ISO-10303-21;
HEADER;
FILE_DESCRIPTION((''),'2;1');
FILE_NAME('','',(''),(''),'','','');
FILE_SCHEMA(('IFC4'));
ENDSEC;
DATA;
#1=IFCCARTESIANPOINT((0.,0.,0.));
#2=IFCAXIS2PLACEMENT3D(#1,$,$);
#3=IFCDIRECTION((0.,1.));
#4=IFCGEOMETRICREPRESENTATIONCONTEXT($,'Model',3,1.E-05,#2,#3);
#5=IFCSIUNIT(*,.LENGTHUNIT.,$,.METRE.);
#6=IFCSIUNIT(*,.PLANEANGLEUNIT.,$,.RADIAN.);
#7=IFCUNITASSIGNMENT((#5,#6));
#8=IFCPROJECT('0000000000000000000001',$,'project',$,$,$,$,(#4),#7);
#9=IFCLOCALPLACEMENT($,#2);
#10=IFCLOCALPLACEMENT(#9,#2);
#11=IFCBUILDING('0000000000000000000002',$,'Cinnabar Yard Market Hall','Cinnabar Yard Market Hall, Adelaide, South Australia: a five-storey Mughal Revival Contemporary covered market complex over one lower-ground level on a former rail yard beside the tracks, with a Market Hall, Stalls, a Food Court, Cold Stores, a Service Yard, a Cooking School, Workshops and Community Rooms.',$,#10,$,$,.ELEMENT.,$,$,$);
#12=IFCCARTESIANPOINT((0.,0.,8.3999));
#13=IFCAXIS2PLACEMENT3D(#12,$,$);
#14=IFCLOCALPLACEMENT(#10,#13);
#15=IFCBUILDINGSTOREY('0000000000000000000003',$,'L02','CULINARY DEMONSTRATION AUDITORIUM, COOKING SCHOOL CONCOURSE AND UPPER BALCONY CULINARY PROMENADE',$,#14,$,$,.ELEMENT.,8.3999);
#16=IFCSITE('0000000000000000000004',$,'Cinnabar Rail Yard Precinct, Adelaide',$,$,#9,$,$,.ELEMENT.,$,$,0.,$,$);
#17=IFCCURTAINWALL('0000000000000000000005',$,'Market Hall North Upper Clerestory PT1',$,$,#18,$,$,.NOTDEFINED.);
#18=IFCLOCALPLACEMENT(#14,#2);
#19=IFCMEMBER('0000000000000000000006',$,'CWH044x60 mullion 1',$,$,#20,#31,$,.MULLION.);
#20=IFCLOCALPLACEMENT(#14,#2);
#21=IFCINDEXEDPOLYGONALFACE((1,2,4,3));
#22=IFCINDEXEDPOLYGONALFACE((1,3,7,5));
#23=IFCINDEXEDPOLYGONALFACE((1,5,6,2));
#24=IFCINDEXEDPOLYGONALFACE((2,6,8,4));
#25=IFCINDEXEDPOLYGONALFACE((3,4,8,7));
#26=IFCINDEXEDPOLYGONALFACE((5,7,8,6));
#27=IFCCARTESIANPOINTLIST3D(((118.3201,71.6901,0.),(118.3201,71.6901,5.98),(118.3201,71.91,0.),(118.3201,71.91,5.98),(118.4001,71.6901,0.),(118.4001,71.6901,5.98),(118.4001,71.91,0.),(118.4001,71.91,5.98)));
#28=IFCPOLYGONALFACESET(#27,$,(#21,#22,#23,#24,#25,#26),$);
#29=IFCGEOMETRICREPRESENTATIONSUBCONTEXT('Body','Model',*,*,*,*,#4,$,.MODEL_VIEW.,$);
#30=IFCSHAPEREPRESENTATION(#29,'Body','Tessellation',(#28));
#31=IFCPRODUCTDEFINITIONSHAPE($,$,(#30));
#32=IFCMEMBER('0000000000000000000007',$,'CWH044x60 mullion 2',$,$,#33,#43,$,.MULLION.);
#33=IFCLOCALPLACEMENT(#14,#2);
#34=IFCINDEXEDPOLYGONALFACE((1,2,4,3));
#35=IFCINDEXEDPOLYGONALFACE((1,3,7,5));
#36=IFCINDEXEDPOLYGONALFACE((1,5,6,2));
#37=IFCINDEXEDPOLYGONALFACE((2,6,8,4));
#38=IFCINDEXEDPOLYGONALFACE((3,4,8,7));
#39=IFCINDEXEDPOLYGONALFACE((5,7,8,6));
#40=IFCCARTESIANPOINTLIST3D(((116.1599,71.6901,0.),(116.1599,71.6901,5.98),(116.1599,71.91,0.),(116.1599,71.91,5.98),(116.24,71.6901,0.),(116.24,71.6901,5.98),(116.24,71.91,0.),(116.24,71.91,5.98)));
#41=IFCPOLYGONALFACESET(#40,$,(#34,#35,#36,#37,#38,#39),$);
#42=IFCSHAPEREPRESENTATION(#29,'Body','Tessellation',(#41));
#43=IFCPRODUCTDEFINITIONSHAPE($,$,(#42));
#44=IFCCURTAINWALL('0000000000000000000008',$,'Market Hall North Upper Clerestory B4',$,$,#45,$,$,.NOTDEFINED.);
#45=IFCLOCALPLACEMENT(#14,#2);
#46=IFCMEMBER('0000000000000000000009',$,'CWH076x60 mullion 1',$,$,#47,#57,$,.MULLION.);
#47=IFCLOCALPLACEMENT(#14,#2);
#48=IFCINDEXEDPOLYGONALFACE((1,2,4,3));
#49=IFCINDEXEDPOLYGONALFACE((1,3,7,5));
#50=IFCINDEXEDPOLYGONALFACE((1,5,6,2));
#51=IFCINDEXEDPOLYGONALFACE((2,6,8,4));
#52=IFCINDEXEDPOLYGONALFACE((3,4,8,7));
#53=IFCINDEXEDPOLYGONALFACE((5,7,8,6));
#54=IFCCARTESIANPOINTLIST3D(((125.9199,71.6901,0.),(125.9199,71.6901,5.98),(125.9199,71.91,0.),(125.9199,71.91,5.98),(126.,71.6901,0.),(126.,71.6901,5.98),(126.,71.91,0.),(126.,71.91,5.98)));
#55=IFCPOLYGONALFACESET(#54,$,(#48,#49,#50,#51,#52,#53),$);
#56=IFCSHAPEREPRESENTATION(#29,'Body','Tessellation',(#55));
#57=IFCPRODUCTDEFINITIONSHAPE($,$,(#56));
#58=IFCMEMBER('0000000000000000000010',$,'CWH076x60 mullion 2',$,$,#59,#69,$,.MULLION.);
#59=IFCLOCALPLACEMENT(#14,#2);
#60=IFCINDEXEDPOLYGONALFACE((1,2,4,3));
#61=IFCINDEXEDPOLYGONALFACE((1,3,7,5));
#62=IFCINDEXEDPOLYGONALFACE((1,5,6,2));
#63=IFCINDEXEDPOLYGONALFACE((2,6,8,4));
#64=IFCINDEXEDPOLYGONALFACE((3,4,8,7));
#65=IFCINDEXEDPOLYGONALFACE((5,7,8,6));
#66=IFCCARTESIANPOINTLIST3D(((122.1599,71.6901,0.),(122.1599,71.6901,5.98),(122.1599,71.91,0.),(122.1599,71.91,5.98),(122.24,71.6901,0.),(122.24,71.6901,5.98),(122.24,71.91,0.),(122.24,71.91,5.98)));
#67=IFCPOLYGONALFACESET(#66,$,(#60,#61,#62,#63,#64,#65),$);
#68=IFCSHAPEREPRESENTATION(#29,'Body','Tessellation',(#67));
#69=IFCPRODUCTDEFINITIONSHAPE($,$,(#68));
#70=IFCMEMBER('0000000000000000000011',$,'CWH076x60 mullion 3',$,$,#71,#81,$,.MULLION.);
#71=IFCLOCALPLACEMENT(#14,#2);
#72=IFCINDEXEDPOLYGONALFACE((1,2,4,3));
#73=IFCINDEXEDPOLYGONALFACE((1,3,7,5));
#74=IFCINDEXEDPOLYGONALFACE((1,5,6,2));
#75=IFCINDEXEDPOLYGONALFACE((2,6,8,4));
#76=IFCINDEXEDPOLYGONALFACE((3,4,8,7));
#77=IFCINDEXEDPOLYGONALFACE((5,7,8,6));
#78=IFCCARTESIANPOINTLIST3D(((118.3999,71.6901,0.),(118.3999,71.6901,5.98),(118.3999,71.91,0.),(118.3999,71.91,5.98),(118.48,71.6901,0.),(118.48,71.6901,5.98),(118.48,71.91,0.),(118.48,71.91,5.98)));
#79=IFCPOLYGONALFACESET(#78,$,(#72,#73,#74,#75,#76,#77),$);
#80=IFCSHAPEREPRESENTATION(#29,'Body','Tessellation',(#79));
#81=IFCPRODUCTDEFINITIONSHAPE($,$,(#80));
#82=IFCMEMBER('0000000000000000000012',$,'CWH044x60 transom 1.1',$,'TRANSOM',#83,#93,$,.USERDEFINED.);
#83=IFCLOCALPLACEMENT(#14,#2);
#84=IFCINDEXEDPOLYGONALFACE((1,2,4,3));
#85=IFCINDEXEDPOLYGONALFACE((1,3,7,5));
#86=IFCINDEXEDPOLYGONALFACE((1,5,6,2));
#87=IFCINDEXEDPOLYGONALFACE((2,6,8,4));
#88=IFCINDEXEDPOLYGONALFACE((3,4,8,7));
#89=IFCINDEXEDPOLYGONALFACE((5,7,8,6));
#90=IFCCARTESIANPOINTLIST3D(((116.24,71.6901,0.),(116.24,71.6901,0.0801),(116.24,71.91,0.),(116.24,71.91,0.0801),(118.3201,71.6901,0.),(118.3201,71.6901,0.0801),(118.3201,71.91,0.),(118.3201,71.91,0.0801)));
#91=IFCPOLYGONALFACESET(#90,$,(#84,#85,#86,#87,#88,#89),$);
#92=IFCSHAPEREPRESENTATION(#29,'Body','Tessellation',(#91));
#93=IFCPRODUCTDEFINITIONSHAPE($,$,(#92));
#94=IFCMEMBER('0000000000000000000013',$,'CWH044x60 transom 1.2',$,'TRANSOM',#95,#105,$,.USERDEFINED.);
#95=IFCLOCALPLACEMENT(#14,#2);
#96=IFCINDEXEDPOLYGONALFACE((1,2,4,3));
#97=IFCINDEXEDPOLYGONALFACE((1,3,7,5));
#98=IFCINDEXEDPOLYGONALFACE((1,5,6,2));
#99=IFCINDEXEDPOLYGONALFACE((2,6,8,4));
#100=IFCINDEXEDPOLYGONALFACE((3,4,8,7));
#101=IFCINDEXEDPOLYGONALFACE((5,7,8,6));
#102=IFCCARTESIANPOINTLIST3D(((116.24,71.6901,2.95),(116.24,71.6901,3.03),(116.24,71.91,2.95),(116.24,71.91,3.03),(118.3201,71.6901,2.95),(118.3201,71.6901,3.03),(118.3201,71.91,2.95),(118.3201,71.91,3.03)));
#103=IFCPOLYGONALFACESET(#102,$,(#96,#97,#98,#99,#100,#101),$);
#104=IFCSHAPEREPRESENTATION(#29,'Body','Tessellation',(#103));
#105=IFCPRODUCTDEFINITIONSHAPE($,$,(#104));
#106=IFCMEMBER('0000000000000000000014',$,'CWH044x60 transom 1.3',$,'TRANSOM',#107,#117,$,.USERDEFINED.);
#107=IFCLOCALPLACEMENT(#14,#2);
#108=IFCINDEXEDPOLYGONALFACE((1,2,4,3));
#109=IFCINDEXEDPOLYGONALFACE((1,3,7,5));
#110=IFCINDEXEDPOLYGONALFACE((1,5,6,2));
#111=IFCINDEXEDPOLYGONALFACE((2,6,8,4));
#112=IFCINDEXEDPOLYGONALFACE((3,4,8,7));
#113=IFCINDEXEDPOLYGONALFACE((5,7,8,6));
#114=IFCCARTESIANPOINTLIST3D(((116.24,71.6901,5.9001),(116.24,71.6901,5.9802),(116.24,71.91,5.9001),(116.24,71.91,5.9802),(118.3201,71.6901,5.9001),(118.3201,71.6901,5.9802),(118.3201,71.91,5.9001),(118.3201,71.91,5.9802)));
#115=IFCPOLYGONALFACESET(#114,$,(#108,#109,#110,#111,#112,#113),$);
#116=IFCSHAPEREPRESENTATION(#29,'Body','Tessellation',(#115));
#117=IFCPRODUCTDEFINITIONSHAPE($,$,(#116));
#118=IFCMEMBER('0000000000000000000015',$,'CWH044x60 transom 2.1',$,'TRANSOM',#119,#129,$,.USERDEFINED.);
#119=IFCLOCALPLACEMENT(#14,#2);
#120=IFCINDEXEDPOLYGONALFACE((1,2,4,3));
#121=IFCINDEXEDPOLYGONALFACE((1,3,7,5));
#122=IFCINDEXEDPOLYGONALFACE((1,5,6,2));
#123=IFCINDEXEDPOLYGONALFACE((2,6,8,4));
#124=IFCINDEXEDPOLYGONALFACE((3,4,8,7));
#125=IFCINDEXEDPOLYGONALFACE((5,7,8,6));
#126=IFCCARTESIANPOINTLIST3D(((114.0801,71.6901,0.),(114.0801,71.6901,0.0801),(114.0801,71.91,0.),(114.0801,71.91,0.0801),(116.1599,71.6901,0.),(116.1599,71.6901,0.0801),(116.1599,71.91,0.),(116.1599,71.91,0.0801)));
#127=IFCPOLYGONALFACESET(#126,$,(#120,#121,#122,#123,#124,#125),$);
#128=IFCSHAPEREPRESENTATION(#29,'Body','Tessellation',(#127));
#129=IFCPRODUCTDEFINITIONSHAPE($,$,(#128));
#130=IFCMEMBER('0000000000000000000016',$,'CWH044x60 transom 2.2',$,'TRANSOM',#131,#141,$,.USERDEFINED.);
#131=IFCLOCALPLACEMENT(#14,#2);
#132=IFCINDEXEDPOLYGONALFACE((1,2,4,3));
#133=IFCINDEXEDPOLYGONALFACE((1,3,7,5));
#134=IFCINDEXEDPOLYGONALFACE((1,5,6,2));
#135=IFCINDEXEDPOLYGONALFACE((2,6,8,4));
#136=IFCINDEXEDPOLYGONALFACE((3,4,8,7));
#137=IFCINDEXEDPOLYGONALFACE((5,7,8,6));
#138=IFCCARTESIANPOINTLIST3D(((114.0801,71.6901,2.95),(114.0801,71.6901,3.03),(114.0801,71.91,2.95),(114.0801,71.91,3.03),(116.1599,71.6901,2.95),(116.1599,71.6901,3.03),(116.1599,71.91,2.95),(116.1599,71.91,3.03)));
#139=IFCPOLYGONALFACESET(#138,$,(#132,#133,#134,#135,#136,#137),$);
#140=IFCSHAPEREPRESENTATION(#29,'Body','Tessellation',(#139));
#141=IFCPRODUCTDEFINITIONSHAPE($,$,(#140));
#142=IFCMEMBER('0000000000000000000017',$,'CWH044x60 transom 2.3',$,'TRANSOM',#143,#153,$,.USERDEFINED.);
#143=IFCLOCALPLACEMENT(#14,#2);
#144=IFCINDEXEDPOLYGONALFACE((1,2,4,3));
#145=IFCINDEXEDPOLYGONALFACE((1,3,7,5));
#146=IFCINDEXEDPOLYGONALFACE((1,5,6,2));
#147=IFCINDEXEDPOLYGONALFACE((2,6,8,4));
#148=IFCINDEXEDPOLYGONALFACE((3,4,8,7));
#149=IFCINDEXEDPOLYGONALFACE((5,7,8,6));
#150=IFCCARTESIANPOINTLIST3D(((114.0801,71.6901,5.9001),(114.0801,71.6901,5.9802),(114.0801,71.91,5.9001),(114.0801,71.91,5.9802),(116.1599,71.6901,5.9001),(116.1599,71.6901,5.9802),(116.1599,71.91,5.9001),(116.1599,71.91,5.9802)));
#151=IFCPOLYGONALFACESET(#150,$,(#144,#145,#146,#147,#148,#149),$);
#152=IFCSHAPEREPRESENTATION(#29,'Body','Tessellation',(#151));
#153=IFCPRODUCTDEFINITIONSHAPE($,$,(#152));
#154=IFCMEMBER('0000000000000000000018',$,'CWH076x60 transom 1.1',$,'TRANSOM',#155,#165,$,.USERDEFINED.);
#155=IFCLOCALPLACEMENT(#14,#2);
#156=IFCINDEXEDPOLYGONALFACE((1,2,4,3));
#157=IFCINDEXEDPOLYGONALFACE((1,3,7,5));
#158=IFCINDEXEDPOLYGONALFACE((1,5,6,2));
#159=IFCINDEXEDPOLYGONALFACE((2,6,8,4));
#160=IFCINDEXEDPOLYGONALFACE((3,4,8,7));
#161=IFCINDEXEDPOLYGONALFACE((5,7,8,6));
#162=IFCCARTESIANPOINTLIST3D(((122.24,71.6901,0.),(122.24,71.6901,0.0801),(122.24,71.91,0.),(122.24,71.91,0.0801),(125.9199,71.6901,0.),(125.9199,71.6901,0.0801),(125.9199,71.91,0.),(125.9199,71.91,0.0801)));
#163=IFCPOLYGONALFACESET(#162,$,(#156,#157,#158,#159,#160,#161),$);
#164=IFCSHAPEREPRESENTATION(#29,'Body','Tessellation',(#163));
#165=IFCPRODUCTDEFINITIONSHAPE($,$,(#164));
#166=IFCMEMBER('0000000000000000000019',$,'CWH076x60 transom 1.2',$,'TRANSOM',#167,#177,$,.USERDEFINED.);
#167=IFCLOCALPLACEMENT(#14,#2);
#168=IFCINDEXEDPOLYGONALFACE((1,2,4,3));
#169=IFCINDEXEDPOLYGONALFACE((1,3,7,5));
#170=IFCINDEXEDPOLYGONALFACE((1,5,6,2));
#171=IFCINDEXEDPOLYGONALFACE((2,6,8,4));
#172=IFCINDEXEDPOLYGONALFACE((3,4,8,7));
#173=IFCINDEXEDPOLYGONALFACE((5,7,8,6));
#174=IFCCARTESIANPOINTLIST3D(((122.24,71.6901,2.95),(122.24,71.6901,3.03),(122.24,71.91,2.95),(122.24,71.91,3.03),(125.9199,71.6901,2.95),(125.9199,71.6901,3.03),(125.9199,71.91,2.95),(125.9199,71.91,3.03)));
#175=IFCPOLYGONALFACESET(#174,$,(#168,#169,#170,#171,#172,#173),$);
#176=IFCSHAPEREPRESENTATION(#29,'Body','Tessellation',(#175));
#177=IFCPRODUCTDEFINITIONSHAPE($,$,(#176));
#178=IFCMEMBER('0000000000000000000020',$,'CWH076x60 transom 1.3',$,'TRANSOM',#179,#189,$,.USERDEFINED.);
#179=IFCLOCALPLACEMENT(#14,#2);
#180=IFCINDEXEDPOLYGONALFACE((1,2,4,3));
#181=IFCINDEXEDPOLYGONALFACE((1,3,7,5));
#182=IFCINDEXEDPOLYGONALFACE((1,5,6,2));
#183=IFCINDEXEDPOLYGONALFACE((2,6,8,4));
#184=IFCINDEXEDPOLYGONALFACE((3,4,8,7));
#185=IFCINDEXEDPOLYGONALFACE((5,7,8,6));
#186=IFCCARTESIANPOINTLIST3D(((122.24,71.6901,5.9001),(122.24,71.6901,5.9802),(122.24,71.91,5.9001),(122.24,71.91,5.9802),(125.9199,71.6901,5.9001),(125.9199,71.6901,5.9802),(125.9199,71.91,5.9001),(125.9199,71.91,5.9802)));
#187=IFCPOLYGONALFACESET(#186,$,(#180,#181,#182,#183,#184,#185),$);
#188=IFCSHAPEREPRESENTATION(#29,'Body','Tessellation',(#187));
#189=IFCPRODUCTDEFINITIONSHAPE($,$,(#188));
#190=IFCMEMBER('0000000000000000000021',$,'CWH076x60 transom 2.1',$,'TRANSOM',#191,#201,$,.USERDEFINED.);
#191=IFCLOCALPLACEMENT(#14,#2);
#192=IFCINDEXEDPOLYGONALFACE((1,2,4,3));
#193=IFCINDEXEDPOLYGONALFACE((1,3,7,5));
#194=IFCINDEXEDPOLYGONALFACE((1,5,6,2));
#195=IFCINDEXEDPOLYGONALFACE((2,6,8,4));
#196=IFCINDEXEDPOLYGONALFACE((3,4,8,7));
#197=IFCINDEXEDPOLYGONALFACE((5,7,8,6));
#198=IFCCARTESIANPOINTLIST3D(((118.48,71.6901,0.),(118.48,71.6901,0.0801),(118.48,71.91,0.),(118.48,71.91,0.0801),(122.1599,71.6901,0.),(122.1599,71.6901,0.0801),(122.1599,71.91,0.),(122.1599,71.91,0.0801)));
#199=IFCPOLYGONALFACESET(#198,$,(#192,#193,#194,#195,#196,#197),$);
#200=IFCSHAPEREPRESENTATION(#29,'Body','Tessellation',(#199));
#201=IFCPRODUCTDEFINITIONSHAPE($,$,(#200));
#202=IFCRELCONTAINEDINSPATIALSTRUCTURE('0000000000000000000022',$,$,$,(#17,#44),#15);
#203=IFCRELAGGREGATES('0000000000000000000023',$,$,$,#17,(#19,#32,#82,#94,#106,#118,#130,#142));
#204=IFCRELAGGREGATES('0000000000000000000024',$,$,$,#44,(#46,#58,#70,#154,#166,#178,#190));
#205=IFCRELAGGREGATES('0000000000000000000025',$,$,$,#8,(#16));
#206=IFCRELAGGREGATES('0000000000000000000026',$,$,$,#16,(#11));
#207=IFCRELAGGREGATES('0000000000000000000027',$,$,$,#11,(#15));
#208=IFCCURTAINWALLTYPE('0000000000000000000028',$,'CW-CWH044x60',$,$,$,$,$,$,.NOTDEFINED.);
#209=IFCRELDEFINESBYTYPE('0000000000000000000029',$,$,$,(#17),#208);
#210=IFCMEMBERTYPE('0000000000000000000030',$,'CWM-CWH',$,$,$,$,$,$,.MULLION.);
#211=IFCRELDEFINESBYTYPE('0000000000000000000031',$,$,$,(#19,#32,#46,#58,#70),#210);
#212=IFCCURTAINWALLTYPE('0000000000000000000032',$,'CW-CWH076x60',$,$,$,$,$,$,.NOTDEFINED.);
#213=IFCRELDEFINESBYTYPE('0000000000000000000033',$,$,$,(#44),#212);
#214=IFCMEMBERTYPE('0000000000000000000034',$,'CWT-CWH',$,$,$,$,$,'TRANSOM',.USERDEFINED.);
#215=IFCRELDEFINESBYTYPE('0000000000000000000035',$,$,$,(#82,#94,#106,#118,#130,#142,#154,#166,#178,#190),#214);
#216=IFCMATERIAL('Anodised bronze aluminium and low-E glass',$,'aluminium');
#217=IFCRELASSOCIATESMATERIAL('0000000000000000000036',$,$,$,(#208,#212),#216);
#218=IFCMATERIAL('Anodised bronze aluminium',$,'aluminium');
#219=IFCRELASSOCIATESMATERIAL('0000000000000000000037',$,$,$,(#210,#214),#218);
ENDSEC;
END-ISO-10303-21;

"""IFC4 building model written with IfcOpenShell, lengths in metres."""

from ifc_helpers import new_model, si_unit, direction, frame, origin, origin_2d_with_axis, place, context, subcontext, project, spatial, rectangle, extrude, material, material_profile, profile_set, type_object, element, aggregate, save


model = new_model("IFC4")

# Units and contexts
model_context = context("Model", 3, precision=1e-05, world=origin(), true_north=direction((0.0, 1.0)))
body_context = subcontext(model_context, "Body", "Model", "MODEL_VIEW")
ifc_project = project(units=[si_unit("LENGTHUNIT", "METRE"), si_unit("PLANEANGLEUNIT", "RADIAN")], contexts=[model_context])

# Site, building, storey
site_placement = place(None, origin())
site = spatial("IfcSite", under=ifc_project, at=site_placement, Name="Cinnabar Rail Yard Precinct, Adelaide", CompositionType="ELEMENT", RefElevation=0.0)
building_placement = place(site_placement, origin())
building = spatial("IfcBuilding", under=site, at=building_placement, Name="Cinnabar Yard Market Hall", Description="Cinnabar Yard Market Hall, Adelaide, South Australia: a five-storey Mughal Revival Contemporary covered market complex over one lower-ground level on a former rail yard beside the tracks, with a Market Hall, Stalls, a Food Court, Cold Stores, a Service Yard, a Cooking School, Workshops and Community Rooms.", CompositionType="ELEMENT")
storey_placement = place(building_placement, frame((0.0, 0.0, 8.3999)))
storey = spatial("IfcBuildingStorey", under=building, at=storey_placement, Name="L02", Description="CULINARY DEMONSTRATION AUDITORIUM, COOKING SCHOOL CONCOURSE AND UPPER BALCONY CULINARY PROMENADE", CompositionType="ELEMENT", Elevation=8.3999)

# Curtain walls, members
ifc_material_1 = material(Name="Anodised bronze aluminium and low-E glass", Category="aluminium")
curtain_wall_type_1 = type_object("IfcCurtainWallType", Name="CW-CWH044x60", PredefinedType="NOTDEFINED", material=ifc_material_1)
curtain_wall_1_placement = place(storey_placement, origin())
curtain_wall_1 = element("IfcCurtainWall", 1, at=curtain_wall_1_placement, inside=storey, type_object=curtain_wall_type_1, Name="Market Hall North Upper Clerestory PT1", PredefinedType="NOTDEFINED")
ifc_material_2 = material(Name="Anodised bronze aluminium", Category="aluminium")
ifc_material_profile_1 = material_profile(ifc_material_2, rectangle(XDim=0.22, YDim=0.0801, at=origin_2d_with_axis()), Name="MUL-CWH")
ifc_profile_set_1 = profile_set([ifc_material_profile_1], Name="Anodised bronze aluminium")
member_type_1 = type_object("IfcMemberType", Name="CWM-CWH", PredefinedType="MULLION", material=ifc_profile_set_1)
member_1_placement = place(storey_placement, frame((118.3601, 71.8, 0.0), z_axis=(0.0, 0.0, 1.0), x_axis=(0.0, -1.0, 0.0)))
member_1 = element("IfcMember", 2, at=member_1_placement, type_object=member_type_1, Name="CWH044x60 mullion 1", PredefinedType="MULLION", context=body_context, shape_type="SweptSolid", body=[
    extrude(rectangle(XDim=0.22, YDim=0.0801, at=origin_2d_with_axis()), origin(), (0.0, 0.0, 1.0), 5.98),
])
member_2_placement = place(storey_placement, frame((116.2, 71.8, 0.0), z_axis=(0.0, 0.0, 1.0), x_axis=(0.0, -1.0, 0.0)))
member_2 = element("IfcMember", 3, at=member_2_placement, type_object=member_type_1, Name="CWH044x60 mullion 2", PredefinedType="MULLION", context=body_context, shape_type="SweptSolid", body=[
    extrude(rectangle(XDim=0.22, YDim=0.0801, at=origin_2d_with_axis()), origin(), (0.0, 0.0, 1.0), 5.98),
])
curtain_wall_type_2 = type_object("IfcCurtainWallType", Name="CW-CWH076x60", PredefinedType="NOTDEFINED", material=ifc_material_1)
curtain_wall_2_placement = place(storey_placement, origin())
curtain_wall_2 = element("IfcCurtainWall", 4, at=curtain_wall_2_placement, inside=storey, type_object=curtain_wall_type_2, Name="Market Hall North Upper Clerestory B4", PredefinedType="NOTDEFINED")
member_3_placement = place(storey_placement, frame((125.96, 71.8, 0.0), z_axis=(0.0, 0.0, 1.0), x_axis=(0.0, -1.0, 0.0)))
member_3 = element("IfcMember", 5, at=member_3_placement, type_object=member_type_1, Name="CWH076x60 mullion 1", PredefinedType="MULLION", context=body_context, shape_type="SweptSolid", body=[
    extrude(rectangle(XDim=0.22, YDim=0.0801, at=origin_2d_with_axis()), origin(), (0.0, 0.0, 1.0), 5.98),
])
member_4_placement = place(storey_placement, frame((122.2, 71.8, 0.0), z_axis=(0.0, 0.0, 1.0), x_axis=(0.0, -1.0, 0.0)))
member_4 = element("IfcMember", 6, at=member_4_placement, type_object=member_type_1, Name="CWH076x60 mullion 2", PredefinedType="MULLION", context=body_context, shape_type="SweptSolid", body=[
    extrude(rectangle(XDim=0.22, YDim=0.0801, at=origin_2d_with_axis()), origin(), (0.0, 0.0, 1.0), 5.98),
])
member_5_placement = place(storey_placement, frame((118.4399, 71.8, 0.0), z_axis=(0.0, 0.0, 1.0), x_axis=(0.0, -1.0, 0.0)))
member_5 = element("IfcMember", 7, at=member_5_placement, type_object=member_type_1, Name="CWH076x60 mullion 3", PredefinedType="MULLION", context=body_context, shape_type="SweptSolid", body=[
    extrude(rectangle(XDim=0.22, YDim=0.0801, at=origin_2d_with_axis()), origin(), (0.0, 0.0, 1.0), 5.98),
])

# Members
ifc_material_profile_2 = material_profile(ifc_material_2, rectangle(XDim=0.22, YDim=0.0801, at=origin_2d_with_axis()), Name="TRN-CWH")
ifc_profile_set_2 = profile_set([ifc_material_profile_2], Name="Anodised bronze aluminium")
member_type_2 = type_object("IfcMemberType", Name="CWT-CWH", ElementType="TRANSOM", PredefinedType="USERDEFINED", material=ifc_profile_set_2)
member_6_placement = place(storey_placement, frame((118.3201, 71.8, 0.04), z_axis=(-1.0, 0.0, 0.0), x_axis=(0.0, -1.0, 0.0)))
member_6 = element("IfcMember", 8, at=member_6_placement, type_object=member_type_2, Name="CWH044x60 transom 1.1", ObjectType="TRANSOM", PredefinedType="USERDEFINED", context=body_context, shape_type="SweptSolid", body=[
    extrude(rectangle(XDim=0.22, YDim=0.0801, at=origin_2d_with_axis()), origin(), (0.0, 0.0, 1.0), 2.0801),
])
member_7_placement = place(storey_placement, frame((118.3201, 71.8, 2.99), z_axis=(-1.0, 0.0, 0.0), x_axis=(0.0, -1.0, 0.0)))
member_7 = element("IfcMember", 9, at=member_7_placement, type_object=member_type_2, Name="CWH044x60 transom 1.2", ObjectType="TRANSOM", PredefinedType="USERDEFINED", context=body_context, shape_type="SweptSolid", body=[
    extrude(rectangle(XDim=0.22, YDim=0.0801, at=origin_2d_with_axis()), origin(), (0.0, 0.0, 1.0), 2.0801),
])
member_8_placement = place(storey_placement, frame((118.3201, 71.8, 5.9402), z_axis=(-1.0, 0.0, 0.0), x_axis=(0.0, -1.0, 0.0)))
member_8 = element("IfcMember", 10, at=member_8_placement, type_object=member_type_2, Name="CWH044x60 transom 1.3", ObjectType="TRANSOM", PredefinedType="USERDEFINED", context=body_context, shape_type="SweptSolid", body=[
    extrude(rectangle(XDim=0.22, YDim=0.0801, at=origin_2d_with_axis()), origin(), (0.0, 0.0, 1.0), 2.0801),
])
member_9_placement = place(storey_placement, frame((116.1599, 71.8, 0.04), z_axis=(-1.0, 0.0, 0.0), x_axis=(0.0, -1.0, 0.0)))
member_9 = element("IfcMember", 11, at=member_9_placement, type_object=member_type_2, Name="CWH044x60 transom 2.1", ObjectType="TRANSOM", PredefinedType="USERDEFINED", context=body_context, shape_type="SweptSolid", body=[
    extrude(rectangle(XDim=0.22, YDim=0.0801, at=origin_2d_with_axis()), origin(), (0.0, 0.0, 1.0), 2.0798),
])
member_10_placement = place(storey_placement, frame((116.1599, 71.8, 2.99), z_axis=(-1.0, 0.0, 0.0), x_axis=(0.0, -1.0, 0.0)))
member_10 = element("IfcMember", 12, at=member_10_placement, type_object=member_type_2, Name="CWH044x60 transom 2.2", ObjectType="TRANSOM", PredefinedType="USERDEFINED", context=body_context, shape_type="SweptSolid", body=[
    extrude(rectangle(XDim=0.22, YDim=0.0801, at=origin_2d_with_axis()), origin(), (0.0, 0.0, 1.0), 2.0798),
])
member_11_placement = place(storey_placement, frame((116.1599, 71.8, 5.9402), z_axis=(-1.0, 0.0, 0.0), x_axis=(0.0, -1.0, 0.0)))
member_11 = element("IfcMember", 13, at=member_11_placement, type_object=member_type_2, Name="CWH044x60 transom 2.3", ObjectType="TRANSOM", PredefinedType="USERDEFINED", context=body_context, shape_type="SweptSolid", body=[
    extrude(rectangle(XDim=0.22, YDim=0.0801, at=origin_2d_with_axis()), origin(), (0.0, 0.0, 1.0), 2.0798),
])
member_12_placement = place(storey_placement, frame((125.9199, 71.8, 0.04), z_axis=(-1.0, 0.0, 0.0), x_axis=(0.0, -1.0, 0.0)))
member_12 = element("IfcMember", 14, at=member_12_placement, type_object=member_type_2, Name="CWH076x60 transom 1.1", ObjectType="TRANSOM", PredefinedType="USERDEFINED", context=body_context, shape_type="SweptSolid", body=[
    extrude(rectangle(XDim=0.22, YDim=0.0801, at=origin_2d_with_axis()), origin(), (0.0, 0.0, 1.0), 3.6799),
])
member_13_placement = place(storey_placement, frame((125.9199, 71.8, 2.99), z_axis=(-1.0, 0.0, 0.0), x_axis=(0.0, -1.0, 0.0)))
member_13 = element("IfcMember", 15, at=member_13_placement, type_object=member_type_2, Name="CWH076x60 transom 1.2", ObjectType="TRANSOM", PredefinedType="USERDEFINED", context=body_context, shape_type="SweptSolid", body=[
    extrude(rectangle(XDim=0.22, YDim=0.0801, at=origin_2d_with_axis()), origin(), (0.0, 0.0, 1.0), 3.6799),
])
member_14_placement = place(storey_placement, frame((125.9199, 71.8, 5.9402), z_axis=(-1.0, 0.0, 0.0), x_axis=(0.0, -1.0, 0.0)))
member_14 = element("IfcMember", 16, at=member_14_placement, type_object=member_type_2, Name="CWH076x60 transom 1.3", ObjectType="TRANSOM", PredefinedType="USERDEFINED", context=body_context, shape_type="SweptSolid", body=[
    extrude(rectangle(XDim=0.22, YDim=0.0801, at=origin_2d_with_axis()), origin(), (0.0, 0.0, 1.0), 3.6799),
])
member_15_placement = place(storey_placement, frame((122.1599, 71.8, 0.04), z_axis=(-1.0, 0.0, 0.0), x_axis=(0.0, -1.0, 0.0)))
member_15 = element("IfcMember", 17, at=member_15_placement, type_object=member_type_2, Name="CWH076x60 transom 2.1", ObjectType="TRANSOM", PredefinedType="USERDEFINED", context=body_context, shape_type="SweptSolid", body=[
    extrude(rectangle(XDim=0.22, YDim=0.0801, at=origin_2d_with_axis()), origin(), (0.0, 0.0, 1.0), 3.6799),
])

aggregate(curtain_wall_1, [member_1, member_2, member_6, member_7, member_8, member_9, member_10, member_11])
aggregate(curtain_wall_2, [member_3, member_4, member_5, member_12, member_13, member_14, member_15])

save(model, "model.ifc")
